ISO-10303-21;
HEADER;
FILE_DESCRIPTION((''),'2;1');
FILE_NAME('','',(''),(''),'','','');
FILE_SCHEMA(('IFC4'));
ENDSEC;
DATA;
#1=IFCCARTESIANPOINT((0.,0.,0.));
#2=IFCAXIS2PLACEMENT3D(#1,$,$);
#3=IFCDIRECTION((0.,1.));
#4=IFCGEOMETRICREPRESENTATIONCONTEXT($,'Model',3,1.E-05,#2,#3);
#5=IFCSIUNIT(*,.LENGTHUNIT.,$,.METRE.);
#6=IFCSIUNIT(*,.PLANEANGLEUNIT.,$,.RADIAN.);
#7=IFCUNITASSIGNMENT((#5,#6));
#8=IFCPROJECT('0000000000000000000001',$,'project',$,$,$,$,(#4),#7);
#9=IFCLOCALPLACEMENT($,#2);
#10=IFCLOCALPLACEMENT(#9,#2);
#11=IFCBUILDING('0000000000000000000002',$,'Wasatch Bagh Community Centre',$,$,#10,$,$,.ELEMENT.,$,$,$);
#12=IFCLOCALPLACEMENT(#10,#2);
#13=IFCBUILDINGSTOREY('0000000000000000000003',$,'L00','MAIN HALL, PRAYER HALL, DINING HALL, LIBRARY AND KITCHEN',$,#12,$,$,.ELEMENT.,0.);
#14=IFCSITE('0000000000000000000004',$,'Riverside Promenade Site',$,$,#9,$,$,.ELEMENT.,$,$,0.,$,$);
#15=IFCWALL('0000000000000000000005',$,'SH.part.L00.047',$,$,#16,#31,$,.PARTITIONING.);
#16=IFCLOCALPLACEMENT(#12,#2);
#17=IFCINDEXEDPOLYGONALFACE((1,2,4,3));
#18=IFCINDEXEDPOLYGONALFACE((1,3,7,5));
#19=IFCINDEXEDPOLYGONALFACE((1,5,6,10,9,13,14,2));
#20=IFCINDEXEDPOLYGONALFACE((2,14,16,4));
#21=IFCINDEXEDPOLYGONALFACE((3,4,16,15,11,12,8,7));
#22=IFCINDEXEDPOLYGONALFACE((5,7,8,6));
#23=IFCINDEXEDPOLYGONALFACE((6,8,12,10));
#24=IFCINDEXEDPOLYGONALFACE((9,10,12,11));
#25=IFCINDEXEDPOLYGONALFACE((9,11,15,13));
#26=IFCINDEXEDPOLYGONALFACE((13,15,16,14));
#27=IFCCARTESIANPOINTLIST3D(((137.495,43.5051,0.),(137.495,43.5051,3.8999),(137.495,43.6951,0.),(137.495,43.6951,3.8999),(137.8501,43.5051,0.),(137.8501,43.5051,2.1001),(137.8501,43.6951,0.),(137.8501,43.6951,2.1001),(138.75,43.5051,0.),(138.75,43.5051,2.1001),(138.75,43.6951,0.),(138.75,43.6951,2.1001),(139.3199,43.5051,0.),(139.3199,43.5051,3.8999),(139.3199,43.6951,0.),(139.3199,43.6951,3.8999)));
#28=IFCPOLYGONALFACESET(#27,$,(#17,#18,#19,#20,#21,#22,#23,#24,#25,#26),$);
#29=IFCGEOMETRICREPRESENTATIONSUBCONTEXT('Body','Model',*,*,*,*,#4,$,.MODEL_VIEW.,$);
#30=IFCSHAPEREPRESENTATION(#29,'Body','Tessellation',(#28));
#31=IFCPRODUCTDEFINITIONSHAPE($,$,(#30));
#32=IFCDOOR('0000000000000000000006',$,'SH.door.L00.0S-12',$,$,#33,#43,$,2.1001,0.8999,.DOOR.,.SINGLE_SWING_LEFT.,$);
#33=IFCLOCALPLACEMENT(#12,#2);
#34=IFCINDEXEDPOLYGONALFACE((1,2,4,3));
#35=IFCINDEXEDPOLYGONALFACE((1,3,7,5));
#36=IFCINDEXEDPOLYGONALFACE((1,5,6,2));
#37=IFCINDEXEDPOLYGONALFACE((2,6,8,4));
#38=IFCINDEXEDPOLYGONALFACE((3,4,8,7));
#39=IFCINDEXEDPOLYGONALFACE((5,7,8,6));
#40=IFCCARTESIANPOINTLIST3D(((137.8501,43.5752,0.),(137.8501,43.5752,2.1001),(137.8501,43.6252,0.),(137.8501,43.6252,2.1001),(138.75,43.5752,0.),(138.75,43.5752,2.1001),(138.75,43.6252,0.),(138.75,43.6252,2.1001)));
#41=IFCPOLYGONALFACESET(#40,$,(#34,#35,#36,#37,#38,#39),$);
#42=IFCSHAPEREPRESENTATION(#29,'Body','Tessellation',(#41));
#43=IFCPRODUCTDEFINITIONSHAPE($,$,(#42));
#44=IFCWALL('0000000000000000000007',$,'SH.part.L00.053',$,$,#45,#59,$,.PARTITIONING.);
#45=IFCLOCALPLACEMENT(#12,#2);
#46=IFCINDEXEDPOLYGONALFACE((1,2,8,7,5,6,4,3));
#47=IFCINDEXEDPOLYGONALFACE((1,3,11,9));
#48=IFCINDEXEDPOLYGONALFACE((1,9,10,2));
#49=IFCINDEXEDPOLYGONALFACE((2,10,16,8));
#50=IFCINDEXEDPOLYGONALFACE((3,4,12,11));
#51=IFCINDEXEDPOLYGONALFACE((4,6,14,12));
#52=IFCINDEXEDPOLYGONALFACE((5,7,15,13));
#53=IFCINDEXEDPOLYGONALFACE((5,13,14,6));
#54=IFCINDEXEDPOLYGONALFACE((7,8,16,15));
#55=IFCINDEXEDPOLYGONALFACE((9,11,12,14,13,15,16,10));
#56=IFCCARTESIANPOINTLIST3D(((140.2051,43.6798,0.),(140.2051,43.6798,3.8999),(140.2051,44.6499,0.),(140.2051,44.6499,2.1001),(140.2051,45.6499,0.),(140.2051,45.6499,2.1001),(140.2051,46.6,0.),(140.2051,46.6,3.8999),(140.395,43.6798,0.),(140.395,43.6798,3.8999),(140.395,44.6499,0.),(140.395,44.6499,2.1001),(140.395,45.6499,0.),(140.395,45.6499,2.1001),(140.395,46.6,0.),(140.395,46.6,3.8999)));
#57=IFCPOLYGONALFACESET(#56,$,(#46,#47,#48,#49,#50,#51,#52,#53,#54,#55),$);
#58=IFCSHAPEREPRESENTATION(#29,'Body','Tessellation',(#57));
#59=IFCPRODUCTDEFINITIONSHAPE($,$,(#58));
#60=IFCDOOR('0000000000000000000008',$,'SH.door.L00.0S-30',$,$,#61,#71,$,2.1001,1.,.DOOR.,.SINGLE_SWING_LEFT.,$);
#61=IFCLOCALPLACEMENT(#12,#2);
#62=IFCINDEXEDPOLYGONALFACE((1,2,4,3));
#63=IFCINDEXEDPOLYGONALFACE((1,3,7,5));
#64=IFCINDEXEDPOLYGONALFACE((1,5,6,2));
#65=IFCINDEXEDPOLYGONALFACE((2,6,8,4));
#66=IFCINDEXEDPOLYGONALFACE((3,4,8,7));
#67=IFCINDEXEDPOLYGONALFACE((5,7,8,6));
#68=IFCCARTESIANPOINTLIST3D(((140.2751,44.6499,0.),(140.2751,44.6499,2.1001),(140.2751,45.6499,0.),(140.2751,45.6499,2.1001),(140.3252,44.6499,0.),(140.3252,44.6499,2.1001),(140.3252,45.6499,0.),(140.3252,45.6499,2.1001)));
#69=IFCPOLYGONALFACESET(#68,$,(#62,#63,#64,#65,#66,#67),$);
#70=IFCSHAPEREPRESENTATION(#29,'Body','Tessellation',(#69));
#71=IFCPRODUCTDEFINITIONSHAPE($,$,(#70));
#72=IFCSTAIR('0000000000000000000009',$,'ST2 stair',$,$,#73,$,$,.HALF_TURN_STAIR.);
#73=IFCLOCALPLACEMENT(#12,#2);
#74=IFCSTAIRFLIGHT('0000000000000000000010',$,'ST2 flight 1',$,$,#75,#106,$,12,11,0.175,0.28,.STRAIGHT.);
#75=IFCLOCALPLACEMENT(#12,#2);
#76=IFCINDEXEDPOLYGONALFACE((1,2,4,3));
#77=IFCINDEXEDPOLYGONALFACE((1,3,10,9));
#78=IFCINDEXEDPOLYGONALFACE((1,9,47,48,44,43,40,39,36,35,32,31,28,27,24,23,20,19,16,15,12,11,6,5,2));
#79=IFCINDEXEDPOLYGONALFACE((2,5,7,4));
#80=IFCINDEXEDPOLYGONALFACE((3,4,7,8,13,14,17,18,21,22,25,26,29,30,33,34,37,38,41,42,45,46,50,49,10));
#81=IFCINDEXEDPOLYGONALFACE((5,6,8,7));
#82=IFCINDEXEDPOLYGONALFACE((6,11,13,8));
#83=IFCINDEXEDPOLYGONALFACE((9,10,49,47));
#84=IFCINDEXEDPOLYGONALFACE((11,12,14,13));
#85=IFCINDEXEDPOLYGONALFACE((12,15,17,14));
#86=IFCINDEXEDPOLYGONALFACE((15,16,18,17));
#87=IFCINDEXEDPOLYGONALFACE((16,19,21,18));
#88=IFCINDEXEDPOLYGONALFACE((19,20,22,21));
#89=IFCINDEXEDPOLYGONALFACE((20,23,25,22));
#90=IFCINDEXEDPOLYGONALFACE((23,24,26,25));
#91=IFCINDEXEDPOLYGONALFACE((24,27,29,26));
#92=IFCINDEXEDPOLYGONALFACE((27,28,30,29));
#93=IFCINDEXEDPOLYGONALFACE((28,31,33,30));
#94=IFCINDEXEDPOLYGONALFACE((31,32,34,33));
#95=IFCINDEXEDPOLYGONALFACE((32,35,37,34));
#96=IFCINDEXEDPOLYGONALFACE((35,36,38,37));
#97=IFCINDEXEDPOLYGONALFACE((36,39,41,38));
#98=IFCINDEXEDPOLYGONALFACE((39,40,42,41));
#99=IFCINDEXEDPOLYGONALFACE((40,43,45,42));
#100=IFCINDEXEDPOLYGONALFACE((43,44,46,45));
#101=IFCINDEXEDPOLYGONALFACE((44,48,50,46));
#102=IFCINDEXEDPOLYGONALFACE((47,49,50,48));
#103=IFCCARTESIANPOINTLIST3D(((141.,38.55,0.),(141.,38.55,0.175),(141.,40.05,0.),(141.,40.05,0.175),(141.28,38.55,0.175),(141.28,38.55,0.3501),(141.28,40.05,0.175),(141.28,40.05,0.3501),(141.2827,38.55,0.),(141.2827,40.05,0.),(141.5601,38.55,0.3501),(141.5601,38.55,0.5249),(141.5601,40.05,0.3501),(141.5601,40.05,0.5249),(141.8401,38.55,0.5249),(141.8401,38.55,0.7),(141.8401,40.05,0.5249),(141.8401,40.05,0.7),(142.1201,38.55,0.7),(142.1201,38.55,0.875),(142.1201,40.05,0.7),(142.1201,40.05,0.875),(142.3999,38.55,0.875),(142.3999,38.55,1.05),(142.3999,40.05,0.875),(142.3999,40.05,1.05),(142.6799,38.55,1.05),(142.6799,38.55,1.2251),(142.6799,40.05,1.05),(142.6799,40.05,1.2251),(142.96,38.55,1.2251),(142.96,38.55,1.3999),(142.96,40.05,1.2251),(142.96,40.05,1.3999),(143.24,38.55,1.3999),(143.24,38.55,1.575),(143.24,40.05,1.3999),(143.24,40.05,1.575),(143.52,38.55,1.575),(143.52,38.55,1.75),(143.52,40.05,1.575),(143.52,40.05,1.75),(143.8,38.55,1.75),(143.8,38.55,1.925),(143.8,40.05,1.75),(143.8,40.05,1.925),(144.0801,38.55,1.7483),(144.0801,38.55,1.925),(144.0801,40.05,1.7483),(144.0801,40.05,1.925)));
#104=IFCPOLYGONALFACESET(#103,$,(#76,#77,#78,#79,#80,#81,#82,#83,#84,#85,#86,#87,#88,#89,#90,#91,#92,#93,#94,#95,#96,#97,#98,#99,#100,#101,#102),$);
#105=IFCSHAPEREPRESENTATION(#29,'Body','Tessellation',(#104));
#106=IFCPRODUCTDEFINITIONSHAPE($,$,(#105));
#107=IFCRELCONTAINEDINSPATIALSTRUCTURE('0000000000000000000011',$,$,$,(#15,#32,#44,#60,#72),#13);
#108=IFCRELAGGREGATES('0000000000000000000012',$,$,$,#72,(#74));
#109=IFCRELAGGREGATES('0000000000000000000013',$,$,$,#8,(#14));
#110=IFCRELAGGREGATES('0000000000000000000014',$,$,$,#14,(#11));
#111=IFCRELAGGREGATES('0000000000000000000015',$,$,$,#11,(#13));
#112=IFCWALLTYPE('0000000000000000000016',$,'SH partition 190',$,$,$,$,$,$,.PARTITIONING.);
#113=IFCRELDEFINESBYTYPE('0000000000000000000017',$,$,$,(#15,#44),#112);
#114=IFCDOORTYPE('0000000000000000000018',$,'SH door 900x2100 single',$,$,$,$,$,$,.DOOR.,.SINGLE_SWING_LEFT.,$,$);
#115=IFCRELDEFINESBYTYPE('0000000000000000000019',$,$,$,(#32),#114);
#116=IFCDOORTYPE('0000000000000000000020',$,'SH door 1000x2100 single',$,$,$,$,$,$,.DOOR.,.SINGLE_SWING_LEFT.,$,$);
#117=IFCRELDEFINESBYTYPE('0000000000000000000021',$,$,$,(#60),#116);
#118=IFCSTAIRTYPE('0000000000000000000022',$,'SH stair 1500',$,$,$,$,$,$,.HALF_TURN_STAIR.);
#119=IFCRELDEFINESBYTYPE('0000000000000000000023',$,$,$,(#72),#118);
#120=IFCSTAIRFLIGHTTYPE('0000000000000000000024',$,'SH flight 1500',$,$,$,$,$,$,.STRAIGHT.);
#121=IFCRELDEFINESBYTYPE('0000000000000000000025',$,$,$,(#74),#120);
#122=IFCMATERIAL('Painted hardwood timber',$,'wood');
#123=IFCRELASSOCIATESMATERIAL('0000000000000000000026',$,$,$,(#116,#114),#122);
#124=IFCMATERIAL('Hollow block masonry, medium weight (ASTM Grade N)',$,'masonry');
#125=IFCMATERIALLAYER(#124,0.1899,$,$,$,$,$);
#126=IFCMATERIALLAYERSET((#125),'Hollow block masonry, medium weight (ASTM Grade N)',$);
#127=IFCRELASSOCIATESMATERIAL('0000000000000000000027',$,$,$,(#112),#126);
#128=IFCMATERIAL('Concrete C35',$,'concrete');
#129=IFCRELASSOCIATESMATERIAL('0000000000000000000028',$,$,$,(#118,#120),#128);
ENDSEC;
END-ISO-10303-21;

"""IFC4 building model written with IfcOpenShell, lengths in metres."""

from ifc_helpers import new_model, si_unit, direction, frame, frame_2d, origin, place, context, subcontext, project, spatial, polyline, rectangle, outline, extrude, material, layer, layer_set, type_object, element, fill, aggregate, save


model = new_model("IFC4")

# Units and contexts
model_context = context("Model", 3, precision=1e-05, world=origin(), true_north=direction((0.0, 1.0)))
body_context = subcontext(model_context, "Body", "Model", "MODEL_VIEW")
ifc_project = project(units=[si_unit("LENGTHUNIT", "METRE"), si_unit("PLANEANGLEUNIT", "RADIAN")], contexts=[model_context])

# Site, building, storey
site_placement = place(None, origin())
site = spatial("IfcSite", under=ifc_project, at=site_placement, Name="Riverside Promenade Site", CompositionType="ELEMENT", RefElevation=0.0)
building_placement = place(site_placement, origin())
building = spatial("IfcBuilding", under=site, at=building_placement, Name="Wasatch Bagh Community Centre", CompositionType="ELEMENT")
storey_placement = place(building_placement, origin())
storey = spatial("IfcBuildingStorey", under=building, at=storey_placement, Name="L00", Description="MAIN HALL, PRAYER HALL, DINING HALL, LIBRARY AND KITCHEN", CompositionType="ELEMENT", Elevation=0.0)

# Shared definitions
ifc_material_1 = material(Name="Concrete C35", Category="concrete")

# Walls, openings, doors
ifc_material_2 = material(Name="Painted hardwood timber", Category="wood")
door_type_1 = type_object("IfcDoorType", Name="SH door 1000x2100 single", OperationType="SINGLE_SWING_LEFT", PredefinedType="DOOR", material=ifc_material_2)
ifc_material_3 = material(Name="Hollow block masonry, medium weight (ASTM Grade N)", Category="masonry")
ifc_layer_1 = layer(ifc_material_3, 0.1899)
ifc_layer_set_1 = layer_set([ifc_layer_1], Name="Hollow block masonry, medium weight (ASTM Grade N)")
wall_type_1 = type_object("IfcWallType", Name="SH partition 190", PredefinedType="PARTITIONING", material=ifc_layer_set_1)
door_type_2 = type_object("IfcDoorType", Name="SH door 900x2100 single", OperationType="SINGLE_SWING_LEFT", PredefinedType="DOOR", material=ifc_material_2)
wall_1_placement = place(storey_placement, frame((139.3201, 43.6001, 0.0), z_axis=(0.0, 0.0, 1.0), x_axis=(-1.0, 0.0, 0.0)))
wall_1 = element("IfcWall", 1, at=wall_1_placement, inside=storey, type_object=wall_type_1, Name="SH.part.L00.047", PredefinedType="PARTITIONING", context=body_context, shape_type="SweptSolid", body=[
    extrude(rectangle(XDim=1.825, YDim=0.1899, at=frame_2d((0.9126, 0.0))), origin(), (0.0, 0.0, 1.0), 3.8999),
])
opening_1_placement = place(wall_1_placement, frame((0.5701, 0.0, 0.0)))
opening_1 = element("IfcOpeningElement", 2, at=opening_1_placement, cuts=wall_1, PredefinedType="OPENING", context=body_context, shape_type="SweptSolid", body=[
    extrude(rectangle(XDim=0.8999, YDim=2.1001, at=frame_2d((0.45, 1.05))), frame((0.0, 0.105, 0.0), z_axis=(0.0, -1.0, 0.0), x_axis=(1.0, 0.0, 0.0)), (0.0, 0.0, 1.0), 0.21),
])
door_1_placement = place(opening_1_placement, origin())
door_1 = element("IfcDoor", 3, at=door_1_placement, inside=storey, type_object=door_type_2, Name="SH.door.L00.0S-12", OperationType="SINGLE_SWING_LEFT", OverallHeight=2.1001, OverallWidth=0.8999, PredefinedType="DOOR", context=body_context, shape_type="SweptSolid", body=[
    extrude(rectangle(XDim=0.8999, YDim=2.1001, at=frame_2d((0.45, 1.05))), frame((0.0, 0.0249, 0.0), z_axis=(0.0, -1.0, 0.0), x_axis=(1.0, 0.0, 0.0)), (0.0, 0.0, 1.0), 0.05),
])
fill(opening_1, door_1)
wall_2_placement = place(storey_placement, frame((140.3, 43.6799, 0.0), z_axis=(0.0, 0.0, 1.0), x_axis=(0.0, 1.0, 0.0)))
wall_2 = element("IfcWall", 4, at=wall_2_placement, inside=storey, type_object=wall_type_1, Name="SH.part.L00.053", PredefinedType="PARTITIONING", context=body_context, shape_type="SweptSolid", body=[
    extrude(rectangle(XDim=2.9202, YDim=0.1899, at=frame_2d((1.46, 0.0))), origin(), (0.0, 0.0, 1.0), 3.8999),
])
opening_2_placement = place(wall_2_placement, frame((0.97, 0.0, 0.0)))
opening_2 = element("IfcOpeningElement", 5, at=opening_2_placement, cuts=wall_2, PredefinedType="OPENING", context=body_context, shape_type="SweptSolid", body=[
    extrude(rectangle(XDim=1.0, YDim=2.1001, at=frame_2d((0.5, 1.05))), frame((0.0, 0.105, 0.0), z_axis=(0.0, -1.0, 0.0), x_axis=(1.0, 0.0, 0.0)), (0.0, 0.0, 1.0), 0.21),
])
door_2_placement = place(opening_2_placement, origin())
door_2 = element("IfcDoor", 6, at=door_2_placement, inside=storey, type_object=door_type_1, Name="SH.door.L00.0S-30", OperationType="SINGLE_SWING_LEFT", OverallHeight=2.1001, OverallWidth=1.0, PredefinedType="DOOR", context=body_context, shape_type="SweptSolid", body=[
    extrude(rectangle(XDim=1.0, YDim=2.1001, at=frame_2d((0.5, 1.05))), frame((0.0, 0.0249, 0.0), z_axis=(0.0, -1.0, 0.0), x_axis=(1.0, 0.0, 0.0)), (0.0, 0.0, 1.0), 0.05),
])
fill(opening_2, door_2)

# Stair, stair flight
stair_type = type_object("IfcStairType", Name="SH stair 1500", PredefinedType="HALF_TURN_STAIR", material=ifc_material_1)
stair_placement = place(storey_placement, origin())
stair = element("IfcStair", 7, at=stair_placement, inside=storey, type_object=stair_type, Name="ST2 stair", PredefinedType="HALF_TURN_STAIR")
stair_flight_type = type_object("IfcStairFlightType", Name="SH flight 1500", PredefinedType="STRAIGHT", material=ifc_material_1)
stair_flight_placement = place(storey_placement, frame((141.0, 39.3, 0.0), z_axis=(0.0, 0.0, 1.0), x_axis=(1.0, 0.0, 0.0)))
stair_flight = element("IfcStairFlight", 8, at=stair_flight_placement, type_object=stair_flight_type, Name="ST2 flight 1", NumberOfRisers=12, NumberOfTreads=11, PredefinedType="STRAIGHT", RiserHeight=0.175, TreadLength=0.28, context=body_context, shape_type="SweptSolid", body=[
    extrude(outline(polyline([(0.0, 0.0), (0.0, 0.175), (0.28, 0.175), (0.28, 0.3501), (0.5601, 0.3501), (0.5601, 0.5249), (0.8401, 0.5249), (0.8401, 0.7), (1.1201, 0.7), (1.1201, 0.875), (1.3999, 0.875), (1.3999, 1.05), (1.6799, 1.05), (1.6799, 1.2251), (1.96, 1.2251), (1.96, 1.3999), (2.24, 1.3999), (2.24, 1.575), (2.52, 1.575), (2.52, 1.75), (2.8, 1.75), (2.8, 1.925), (3.0801, 1.925), (3.0801, 2.1001), (3.0801, 1.7483), (0.2827, 0.0), (0.0, 0.0)])), frame((0.0, 0.75, 0.0), z_axis=(0.0, -1.0, 0.0), x_axis=(1.0, 0.0, 0.0)), (0.0, 0.0, 1.0), 1.5),
])
aggregate(stair, [stair_flight])

save(model, "model.ifc")
